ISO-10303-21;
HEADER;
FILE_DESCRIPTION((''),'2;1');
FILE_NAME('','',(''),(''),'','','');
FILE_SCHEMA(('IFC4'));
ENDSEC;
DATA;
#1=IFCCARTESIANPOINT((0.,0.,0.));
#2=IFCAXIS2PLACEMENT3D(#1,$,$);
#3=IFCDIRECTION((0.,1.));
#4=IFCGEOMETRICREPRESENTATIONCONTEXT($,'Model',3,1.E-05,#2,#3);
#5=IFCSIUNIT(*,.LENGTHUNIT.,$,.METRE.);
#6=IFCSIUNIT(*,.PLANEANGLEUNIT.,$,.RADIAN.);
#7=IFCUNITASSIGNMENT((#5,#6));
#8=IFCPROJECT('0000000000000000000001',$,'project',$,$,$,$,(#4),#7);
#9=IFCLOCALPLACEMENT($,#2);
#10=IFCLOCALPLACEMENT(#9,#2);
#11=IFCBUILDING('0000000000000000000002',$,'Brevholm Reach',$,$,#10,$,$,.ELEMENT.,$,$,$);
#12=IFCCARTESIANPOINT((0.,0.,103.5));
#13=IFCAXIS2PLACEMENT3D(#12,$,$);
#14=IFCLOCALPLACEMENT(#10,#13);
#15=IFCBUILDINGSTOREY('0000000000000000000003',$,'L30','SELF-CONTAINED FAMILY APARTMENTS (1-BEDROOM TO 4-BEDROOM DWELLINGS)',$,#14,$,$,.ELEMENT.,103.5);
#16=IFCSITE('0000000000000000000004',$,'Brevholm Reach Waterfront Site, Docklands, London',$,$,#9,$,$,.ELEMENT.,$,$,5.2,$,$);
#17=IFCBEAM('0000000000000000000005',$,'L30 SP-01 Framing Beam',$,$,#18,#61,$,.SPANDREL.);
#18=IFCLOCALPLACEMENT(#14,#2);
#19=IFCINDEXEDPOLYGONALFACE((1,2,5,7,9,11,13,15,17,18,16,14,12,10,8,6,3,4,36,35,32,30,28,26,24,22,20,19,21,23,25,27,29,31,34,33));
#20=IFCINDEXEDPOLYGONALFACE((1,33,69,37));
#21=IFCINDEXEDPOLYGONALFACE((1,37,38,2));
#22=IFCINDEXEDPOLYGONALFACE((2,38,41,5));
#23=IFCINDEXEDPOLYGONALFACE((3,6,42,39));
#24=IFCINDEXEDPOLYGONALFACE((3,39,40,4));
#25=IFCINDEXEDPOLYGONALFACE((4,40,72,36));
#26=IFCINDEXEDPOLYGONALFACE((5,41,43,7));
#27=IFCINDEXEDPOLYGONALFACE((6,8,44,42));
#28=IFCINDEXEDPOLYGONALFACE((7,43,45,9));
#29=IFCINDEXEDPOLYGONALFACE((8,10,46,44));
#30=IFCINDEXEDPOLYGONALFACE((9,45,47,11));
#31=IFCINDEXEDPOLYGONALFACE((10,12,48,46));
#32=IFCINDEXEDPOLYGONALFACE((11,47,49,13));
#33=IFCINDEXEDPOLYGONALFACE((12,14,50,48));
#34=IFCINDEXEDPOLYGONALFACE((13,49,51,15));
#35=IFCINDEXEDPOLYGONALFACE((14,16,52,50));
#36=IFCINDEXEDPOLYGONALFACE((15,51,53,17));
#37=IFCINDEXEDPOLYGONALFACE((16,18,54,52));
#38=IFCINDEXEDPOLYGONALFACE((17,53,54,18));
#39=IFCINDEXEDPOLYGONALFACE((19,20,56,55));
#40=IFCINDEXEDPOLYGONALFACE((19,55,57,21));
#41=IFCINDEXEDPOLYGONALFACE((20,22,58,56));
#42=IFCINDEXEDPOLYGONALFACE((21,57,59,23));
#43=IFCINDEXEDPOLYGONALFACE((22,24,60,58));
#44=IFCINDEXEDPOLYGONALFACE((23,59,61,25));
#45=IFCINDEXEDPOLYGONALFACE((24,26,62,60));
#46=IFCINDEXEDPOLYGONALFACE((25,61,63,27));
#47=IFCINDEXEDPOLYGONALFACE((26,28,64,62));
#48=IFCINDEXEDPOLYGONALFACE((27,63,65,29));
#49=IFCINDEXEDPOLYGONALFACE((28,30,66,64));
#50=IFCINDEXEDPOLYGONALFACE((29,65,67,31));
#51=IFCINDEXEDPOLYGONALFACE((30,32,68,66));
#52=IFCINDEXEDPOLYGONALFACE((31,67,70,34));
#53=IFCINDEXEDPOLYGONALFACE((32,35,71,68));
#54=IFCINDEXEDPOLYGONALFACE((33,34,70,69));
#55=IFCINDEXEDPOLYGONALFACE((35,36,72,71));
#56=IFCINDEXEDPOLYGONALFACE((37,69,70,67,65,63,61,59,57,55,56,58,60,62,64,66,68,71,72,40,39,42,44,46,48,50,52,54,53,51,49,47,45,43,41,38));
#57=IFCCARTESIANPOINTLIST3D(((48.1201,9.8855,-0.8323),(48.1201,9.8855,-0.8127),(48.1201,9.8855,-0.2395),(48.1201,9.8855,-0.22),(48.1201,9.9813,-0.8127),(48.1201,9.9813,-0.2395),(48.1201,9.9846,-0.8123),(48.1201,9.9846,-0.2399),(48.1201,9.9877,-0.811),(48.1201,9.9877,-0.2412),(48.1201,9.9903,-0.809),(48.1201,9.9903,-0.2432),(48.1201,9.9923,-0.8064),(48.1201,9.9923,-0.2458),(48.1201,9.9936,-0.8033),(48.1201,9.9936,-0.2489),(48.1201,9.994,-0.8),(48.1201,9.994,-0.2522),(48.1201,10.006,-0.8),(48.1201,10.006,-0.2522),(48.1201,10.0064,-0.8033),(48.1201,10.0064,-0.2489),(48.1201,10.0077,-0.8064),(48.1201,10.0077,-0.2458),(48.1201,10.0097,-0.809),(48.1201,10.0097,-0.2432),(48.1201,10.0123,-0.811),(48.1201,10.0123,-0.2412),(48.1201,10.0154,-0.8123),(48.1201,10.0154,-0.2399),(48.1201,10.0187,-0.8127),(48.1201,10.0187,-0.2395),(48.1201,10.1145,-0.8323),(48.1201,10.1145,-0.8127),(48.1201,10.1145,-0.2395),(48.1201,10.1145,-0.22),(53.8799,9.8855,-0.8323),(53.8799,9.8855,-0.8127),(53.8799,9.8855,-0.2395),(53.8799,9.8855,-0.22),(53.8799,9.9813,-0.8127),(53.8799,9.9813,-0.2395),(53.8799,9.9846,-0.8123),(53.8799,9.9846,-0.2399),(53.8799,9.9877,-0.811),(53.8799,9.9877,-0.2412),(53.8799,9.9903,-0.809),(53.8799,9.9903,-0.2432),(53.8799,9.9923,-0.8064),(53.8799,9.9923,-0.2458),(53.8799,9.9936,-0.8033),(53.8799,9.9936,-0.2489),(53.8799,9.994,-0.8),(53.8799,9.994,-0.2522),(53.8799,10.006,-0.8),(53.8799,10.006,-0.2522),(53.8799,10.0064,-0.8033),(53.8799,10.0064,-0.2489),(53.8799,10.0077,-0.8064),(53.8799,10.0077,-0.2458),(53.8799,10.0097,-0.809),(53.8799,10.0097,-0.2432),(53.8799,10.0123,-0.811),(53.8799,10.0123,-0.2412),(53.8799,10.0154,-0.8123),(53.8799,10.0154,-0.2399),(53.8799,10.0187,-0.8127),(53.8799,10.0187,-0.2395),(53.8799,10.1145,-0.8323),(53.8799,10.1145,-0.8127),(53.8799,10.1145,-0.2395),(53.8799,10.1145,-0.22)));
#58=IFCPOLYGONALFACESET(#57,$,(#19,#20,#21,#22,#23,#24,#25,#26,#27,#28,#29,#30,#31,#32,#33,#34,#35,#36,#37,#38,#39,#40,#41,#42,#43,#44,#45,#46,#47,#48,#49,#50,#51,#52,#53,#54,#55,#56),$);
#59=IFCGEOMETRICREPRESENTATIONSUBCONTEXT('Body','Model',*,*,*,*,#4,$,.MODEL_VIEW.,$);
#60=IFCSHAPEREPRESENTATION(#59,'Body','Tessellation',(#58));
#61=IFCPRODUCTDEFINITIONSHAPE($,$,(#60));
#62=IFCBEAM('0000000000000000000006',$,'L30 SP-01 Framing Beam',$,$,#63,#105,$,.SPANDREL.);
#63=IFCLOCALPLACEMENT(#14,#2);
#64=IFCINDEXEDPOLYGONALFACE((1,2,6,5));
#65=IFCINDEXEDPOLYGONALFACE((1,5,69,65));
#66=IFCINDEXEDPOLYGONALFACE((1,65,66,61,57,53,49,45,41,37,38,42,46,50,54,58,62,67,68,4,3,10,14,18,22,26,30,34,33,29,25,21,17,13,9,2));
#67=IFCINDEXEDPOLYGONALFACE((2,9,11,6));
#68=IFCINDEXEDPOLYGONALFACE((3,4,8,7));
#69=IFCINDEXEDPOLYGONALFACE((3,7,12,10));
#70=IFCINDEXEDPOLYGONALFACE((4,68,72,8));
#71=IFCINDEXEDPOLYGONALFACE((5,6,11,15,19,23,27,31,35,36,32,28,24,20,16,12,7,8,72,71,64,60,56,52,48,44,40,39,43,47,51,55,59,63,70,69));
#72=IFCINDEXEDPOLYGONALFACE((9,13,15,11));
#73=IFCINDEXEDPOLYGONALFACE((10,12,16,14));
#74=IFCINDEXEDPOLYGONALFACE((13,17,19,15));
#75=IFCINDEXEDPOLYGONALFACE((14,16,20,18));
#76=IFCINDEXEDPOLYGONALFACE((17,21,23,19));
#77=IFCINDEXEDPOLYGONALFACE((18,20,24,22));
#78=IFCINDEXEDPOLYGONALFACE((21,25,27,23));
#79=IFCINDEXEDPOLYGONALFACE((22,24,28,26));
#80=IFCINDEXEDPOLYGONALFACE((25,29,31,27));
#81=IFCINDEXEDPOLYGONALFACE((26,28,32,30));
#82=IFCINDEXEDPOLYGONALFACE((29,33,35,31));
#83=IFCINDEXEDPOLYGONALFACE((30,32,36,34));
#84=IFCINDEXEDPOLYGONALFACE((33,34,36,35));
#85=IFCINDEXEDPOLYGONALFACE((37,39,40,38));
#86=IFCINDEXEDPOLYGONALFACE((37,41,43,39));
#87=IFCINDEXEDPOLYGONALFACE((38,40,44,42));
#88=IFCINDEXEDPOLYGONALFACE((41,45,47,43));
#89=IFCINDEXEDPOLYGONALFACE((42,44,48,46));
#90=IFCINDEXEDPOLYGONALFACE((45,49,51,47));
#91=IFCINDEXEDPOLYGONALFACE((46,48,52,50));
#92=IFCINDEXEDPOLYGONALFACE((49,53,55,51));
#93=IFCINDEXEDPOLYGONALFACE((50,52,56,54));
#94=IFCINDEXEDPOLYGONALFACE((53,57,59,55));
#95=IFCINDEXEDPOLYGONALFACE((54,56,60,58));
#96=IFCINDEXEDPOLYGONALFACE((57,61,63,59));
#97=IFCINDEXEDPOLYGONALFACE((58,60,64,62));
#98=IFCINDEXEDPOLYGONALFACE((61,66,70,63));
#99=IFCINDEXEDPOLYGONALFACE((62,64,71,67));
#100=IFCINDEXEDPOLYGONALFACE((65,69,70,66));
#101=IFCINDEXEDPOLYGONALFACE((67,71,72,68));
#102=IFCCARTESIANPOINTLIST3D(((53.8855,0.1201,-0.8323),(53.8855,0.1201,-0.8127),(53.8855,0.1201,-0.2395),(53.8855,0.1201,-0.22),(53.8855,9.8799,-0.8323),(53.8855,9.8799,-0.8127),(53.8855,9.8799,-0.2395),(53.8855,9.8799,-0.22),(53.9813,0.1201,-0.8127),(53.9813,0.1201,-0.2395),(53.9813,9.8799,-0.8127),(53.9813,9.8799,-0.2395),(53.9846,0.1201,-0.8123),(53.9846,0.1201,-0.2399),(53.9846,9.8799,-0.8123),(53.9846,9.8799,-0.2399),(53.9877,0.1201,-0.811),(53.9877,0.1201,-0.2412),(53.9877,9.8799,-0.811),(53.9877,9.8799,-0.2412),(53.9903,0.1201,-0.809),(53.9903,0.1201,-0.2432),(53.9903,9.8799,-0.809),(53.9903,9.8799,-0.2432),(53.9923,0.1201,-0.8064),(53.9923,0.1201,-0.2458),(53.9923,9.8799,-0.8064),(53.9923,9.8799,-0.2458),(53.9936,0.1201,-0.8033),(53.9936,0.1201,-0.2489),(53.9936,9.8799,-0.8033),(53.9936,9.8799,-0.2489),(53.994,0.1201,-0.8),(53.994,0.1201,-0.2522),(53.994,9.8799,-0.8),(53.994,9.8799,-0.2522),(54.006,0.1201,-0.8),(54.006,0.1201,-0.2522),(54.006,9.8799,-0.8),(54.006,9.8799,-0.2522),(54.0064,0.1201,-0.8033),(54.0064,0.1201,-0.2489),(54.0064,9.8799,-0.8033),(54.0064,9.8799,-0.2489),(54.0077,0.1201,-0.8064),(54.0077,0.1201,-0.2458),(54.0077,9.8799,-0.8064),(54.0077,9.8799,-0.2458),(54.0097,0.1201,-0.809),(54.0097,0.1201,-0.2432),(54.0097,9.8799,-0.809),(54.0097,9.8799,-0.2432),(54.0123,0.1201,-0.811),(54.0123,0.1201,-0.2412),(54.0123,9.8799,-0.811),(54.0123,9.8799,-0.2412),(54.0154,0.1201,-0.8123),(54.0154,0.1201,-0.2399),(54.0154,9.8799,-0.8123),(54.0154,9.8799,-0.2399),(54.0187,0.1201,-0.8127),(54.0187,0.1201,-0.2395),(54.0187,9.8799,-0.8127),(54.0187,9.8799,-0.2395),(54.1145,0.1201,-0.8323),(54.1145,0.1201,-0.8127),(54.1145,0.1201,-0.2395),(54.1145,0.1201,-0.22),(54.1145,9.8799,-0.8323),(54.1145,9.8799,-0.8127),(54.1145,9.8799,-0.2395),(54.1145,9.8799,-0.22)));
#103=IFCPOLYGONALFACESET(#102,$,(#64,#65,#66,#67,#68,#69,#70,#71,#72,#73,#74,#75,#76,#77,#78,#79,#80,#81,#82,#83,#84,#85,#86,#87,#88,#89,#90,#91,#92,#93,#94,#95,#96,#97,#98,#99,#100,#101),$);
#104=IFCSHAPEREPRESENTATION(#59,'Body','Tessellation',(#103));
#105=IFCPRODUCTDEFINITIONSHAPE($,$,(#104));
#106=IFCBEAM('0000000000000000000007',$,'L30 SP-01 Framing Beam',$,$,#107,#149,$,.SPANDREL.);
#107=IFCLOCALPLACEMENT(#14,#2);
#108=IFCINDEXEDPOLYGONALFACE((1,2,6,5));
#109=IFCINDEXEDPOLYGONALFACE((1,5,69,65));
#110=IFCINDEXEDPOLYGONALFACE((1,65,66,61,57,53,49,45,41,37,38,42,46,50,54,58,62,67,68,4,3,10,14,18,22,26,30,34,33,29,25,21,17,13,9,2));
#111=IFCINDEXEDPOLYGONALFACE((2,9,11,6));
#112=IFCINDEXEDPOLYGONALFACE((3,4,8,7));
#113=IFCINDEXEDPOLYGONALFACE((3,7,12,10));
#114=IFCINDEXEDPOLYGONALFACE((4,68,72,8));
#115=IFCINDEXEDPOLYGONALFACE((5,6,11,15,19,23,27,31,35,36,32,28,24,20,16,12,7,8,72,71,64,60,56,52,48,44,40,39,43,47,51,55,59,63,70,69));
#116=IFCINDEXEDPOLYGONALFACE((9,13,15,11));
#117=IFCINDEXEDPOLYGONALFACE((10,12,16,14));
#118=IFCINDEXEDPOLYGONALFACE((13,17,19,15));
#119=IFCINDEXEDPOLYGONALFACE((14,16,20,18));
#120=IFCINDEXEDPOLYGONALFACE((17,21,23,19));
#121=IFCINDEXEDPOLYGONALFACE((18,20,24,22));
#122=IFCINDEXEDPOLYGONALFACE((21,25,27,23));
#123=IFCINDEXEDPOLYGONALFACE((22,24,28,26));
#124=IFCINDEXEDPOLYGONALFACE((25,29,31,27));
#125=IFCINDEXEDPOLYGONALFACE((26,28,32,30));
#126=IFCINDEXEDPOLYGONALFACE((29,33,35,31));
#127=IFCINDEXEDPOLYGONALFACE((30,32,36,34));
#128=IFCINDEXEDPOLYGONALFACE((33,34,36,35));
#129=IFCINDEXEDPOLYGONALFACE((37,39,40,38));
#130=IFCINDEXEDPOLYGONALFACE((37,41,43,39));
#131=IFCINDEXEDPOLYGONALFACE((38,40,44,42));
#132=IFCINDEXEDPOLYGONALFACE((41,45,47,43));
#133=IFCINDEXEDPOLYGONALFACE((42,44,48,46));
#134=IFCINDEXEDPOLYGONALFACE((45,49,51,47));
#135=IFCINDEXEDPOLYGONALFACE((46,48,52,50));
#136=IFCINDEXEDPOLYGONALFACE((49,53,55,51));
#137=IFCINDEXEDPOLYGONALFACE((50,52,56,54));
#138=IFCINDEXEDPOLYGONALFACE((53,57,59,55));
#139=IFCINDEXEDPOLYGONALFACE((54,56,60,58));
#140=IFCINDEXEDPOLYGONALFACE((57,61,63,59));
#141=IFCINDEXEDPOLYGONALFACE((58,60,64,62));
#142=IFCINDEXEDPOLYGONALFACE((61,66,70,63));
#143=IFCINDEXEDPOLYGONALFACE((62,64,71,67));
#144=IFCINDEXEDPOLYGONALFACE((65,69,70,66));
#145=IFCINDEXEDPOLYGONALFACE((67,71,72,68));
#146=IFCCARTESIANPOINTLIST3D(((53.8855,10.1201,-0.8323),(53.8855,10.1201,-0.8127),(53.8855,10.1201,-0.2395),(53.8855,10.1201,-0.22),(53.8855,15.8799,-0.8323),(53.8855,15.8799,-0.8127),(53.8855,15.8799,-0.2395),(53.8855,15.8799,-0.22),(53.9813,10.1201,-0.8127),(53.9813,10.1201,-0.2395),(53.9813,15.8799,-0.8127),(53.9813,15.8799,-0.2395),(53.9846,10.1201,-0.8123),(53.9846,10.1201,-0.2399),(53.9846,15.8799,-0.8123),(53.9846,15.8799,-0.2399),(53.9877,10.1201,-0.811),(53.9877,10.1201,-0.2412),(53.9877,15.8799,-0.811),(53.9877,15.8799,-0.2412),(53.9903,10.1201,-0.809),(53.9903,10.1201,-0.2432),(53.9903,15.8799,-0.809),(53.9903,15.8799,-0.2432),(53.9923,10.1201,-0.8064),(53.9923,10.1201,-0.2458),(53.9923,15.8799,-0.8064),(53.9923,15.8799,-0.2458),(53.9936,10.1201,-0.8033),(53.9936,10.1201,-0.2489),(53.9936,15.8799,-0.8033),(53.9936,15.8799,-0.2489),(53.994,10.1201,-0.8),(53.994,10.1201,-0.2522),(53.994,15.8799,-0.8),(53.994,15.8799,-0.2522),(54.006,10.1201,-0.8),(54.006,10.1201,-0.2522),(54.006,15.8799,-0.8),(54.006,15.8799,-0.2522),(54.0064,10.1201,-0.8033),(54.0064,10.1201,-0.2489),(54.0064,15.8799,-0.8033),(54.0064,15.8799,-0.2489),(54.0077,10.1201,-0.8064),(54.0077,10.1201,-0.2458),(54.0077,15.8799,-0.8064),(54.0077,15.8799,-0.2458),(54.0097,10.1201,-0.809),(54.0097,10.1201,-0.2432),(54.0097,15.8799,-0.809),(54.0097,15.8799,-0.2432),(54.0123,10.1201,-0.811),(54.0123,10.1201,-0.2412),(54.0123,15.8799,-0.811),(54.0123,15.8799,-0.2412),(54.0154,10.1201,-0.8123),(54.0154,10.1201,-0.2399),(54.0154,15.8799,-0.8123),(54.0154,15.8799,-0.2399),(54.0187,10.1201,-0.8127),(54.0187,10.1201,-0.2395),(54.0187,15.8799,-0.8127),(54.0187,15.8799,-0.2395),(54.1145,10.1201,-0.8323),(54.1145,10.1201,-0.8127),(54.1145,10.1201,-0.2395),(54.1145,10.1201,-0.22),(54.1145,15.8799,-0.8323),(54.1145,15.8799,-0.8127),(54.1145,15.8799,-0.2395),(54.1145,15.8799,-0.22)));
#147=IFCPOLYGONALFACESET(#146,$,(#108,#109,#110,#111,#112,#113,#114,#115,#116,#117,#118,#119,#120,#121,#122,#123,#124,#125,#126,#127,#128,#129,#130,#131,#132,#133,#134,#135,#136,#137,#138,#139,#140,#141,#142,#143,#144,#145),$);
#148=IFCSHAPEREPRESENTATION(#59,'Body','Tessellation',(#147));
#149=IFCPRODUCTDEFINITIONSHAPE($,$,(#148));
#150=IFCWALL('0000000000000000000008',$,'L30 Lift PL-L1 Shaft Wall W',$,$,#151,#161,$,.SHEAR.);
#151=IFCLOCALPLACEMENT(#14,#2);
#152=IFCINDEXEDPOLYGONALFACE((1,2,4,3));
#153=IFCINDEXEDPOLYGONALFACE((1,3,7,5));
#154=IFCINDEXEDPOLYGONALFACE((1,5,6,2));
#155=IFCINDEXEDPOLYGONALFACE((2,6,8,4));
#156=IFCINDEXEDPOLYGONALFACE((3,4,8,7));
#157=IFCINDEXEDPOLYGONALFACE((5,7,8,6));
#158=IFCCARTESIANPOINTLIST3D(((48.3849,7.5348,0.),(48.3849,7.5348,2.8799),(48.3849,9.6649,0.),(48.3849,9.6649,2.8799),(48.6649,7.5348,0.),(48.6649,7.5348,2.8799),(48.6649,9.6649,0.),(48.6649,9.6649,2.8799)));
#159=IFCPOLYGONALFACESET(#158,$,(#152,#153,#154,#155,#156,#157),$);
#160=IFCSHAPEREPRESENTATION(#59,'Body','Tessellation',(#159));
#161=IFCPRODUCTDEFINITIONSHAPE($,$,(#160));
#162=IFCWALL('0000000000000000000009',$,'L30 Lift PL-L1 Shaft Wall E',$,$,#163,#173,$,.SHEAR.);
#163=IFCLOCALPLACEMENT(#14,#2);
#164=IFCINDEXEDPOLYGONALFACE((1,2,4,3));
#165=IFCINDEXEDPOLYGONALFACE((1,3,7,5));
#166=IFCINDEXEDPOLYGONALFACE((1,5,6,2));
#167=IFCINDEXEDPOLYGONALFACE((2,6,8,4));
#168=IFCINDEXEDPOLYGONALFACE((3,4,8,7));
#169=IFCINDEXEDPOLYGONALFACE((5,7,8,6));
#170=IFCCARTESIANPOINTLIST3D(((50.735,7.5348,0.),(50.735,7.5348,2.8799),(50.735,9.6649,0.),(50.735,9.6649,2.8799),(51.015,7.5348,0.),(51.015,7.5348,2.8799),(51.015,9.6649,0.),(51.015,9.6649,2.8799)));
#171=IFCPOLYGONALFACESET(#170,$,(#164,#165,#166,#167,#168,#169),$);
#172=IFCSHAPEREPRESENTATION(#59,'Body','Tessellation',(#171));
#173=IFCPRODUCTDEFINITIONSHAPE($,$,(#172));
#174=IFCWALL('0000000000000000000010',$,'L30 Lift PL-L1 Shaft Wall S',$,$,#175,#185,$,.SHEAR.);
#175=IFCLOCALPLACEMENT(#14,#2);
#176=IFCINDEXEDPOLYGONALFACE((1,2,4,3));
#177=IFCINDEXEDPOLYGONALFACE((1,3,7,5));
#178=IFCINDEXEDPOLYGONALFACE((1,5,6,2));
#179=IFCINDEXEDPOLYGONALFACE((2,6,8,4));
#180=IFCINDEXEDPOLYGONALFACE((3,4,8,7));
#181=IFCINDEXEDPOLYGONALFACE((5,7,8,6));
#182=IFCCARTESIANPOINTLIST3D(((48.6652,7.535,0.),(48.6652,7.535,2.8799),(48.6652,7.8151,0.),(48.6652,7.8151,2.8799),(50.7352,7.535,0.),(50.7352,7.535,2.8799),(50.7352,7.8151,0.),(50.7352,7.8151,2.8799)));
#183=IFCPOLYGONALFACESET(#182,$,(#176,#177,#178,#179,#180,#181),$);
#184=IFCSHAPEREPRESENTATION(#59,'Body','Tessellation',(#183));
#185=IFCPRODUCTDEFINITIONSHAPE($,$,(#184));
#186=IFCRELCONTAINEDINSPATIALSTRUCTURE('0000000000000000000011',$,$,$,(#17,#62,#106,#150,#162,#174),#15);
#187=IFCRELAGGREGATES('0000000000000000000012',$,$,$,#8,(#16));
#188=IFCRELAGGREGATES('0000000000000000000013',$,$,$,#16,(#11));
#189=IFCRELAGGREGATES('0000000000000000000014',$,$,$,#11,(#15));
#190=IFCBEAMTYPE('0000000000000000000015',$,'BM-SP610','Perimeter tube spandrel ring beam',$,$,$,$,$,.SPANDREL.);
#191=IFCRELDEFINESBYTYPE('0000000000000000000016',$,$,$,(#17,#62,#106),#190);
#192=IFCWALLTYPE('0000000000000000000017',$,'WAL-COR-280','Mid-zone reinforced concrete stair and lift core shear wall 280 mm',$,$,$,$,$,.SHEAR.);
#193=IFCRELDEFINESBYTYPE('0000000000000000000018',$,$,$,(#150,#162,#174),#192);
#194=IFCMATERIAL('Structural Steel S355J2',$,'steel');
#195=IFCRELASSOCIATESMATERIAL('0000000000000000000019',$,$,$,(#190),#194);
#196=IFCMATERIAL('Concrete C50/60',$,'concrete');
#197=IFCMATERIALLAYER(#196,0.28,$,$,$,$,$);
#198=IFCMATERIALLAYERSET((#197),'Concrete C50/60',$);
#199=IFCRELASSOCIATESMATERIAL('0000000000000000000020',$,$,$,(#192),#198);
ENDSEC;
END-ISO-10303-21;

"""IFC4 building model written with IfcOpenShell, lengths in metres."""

from ifc_helpers import new_model, si_unit, direction, frame, frame_2d, origin, origin_2d, place, context, subcontext, project, spatial, rectangle, i_section, extrude, material, layer, layer_set, material_profile, profile_set, type_object, element, save


model = new_model("IFC4")

# Units and contexts
model_context = context("Model", 3, precision=1e-05, world=origin(), true_north=direction((0.0, 1.0)))
body_context = subcontext(model_context, "Body", "Model", "MODEL_VIEW")
ifc_project = project(units=[si_unit("LENGTHUNIT", "METRE"), si_unit("PLANEANGLEUNIT", "RADIAN")], contexts=[model_context])

# Site, building, storey
site_placement = place(None, origin())
site = spatial("IfcSite", under=ifc_project, at=site_placement, Name="Brevholm Reach Waterfront Site, Docklands, London", CompositionType="ELEMENT", RefElevation=5.2)
building_placement = place(site_placement, origin())
building = spatial("IfcBuilding", under=site, at=building_placement, Name="Brevholm Reach", CompositionType="ELEMENT")
storey_placement = place(building_placement, frame((0.0, 0.0, 103.5)))
storey = spatial("IfcBuildingStorey", under=building, at=storey_placement, Name="L30", Description="SELF-CONTAINED FAMILY APARTMENTS (1-BEDROOM TO 4-BEDROOM DWELLINGS)", CompositionType="ELEMENT", Elevation=103.5)

# Beams
ifc_material_1 = material(Name="Structural Steel S355J2", Category="steel")
ifc_material_profile_1 = material_profile(ifc_material_1, i_section(OverallWidth=0.229, OverallDepth=0.6123, WebThickness=0.012, FlangeThickness=0.0195, FilletRadius=0.0127, at=origin_2d()), Name="UKB 610x229x125")
ifc_profile_set_1 = profile_set([ifc_material_profile_1], Name="Structural Steel S355J2")
beam_type_1 = type_object("IfcBeamType", Name="BM-SP610", Description="Perimeter tube spandrel ring beam", PredefinedType="SPANDREL", material=ifc_profile_set_1)
beam_1_placement = place(storey_placement, frame((48.1201, 10.0, -0.5261), z_axis=(1.0, 0.0, 0.0), x_axis=(0.0, 1.0, 0.0)))
element("IfcBeam", 1, at=beam_1_placement, inside=storey, type_object=beam_type_1, Name="L30 SP-01 Framing Beam", PredefinedType="SPANDREL", context=body_context, shape_type="SweptSolid", body=[
    extrude(i_section(OverallWidth=0.229, OverallDepth=0.6123, WebThickness=0.012, FlangeThickness=0.0195, FilletRadius=0.0127, at=origin_2d()), origin(), (0.0, 0.0, 1.0), 5.7598),
])
beam_2_placement = place(storey_placement, frame((54.0, 0.1201, -0.5261), z_axis=(0.0, 1.0, 0.0), x_axis=(-1.0, 0.0, 0.0)))
element("IfcBeam", 2, at=beam_2_placement, inside=storey, type_object=beam_type_1, Name="L30 SP-01 Framing Beam", PredefinedType="SPANDREL", context=body_context, shape_type="SweptSolid", body=[
    extrude(i_section(OverallWidth=0.229, OverallDepth=0.6123, WebThickness=0.012, FlangeThickness=0.0195, FilletRadius=0.0127, at=origin_2d()), origin(), (0.0, 0.0, 1.0), 9.7598),
])
beam_3_placement = place(storey_placement, frame((54.0, 10.1201, -0.5261), z_axis=(0.0, 1.0, 0.0), x_axis=(-1.0, 0.0, 0.0)))
element("IfcBeam", 3, at=beam_3_placement, inside=storey, type_object=beam_type_1, Name="L30 SP-01 Framing Beam", PredefinedType="SPANDREL", context=body_context, shape_type="SweptSolid", body=[
    extrude(i_section(OverallWidth=0.229, OverallDepth=0.6123, WebThickness=0.012, FlangeThickness=0.0195, FilletRadius=0.0127, at=origin_2d()), origin(), (0.0, 0.0, 1.0), 5.7598),
])

# Walls
ifc_material_2 = material(Name="Concrete C50/60", Category="concrete")
ifc_layer_1 = layer(ifc_material_2, 0.28)
ifc_layer_set_1 = layer_set([ifc_layer_1], Name="Concrete C50/60")
wall_type_1 = type_object("IfcWallType", Name="WAL-COR-280", Description="Mid-zone reinforced concrete stair and lift core shear wall 280 mm", PredefinedType="SHEAR", material=ifc_layer_set_1)
for number, where, z_axis, x_axis, name in (
    (4, (48.5249, 7.5349, 0.0), (0.0, 0.0, 1.0), (0.0, 1.0, 0.0), "L30 Lift PL-L1 Shaft Wall W"),
    (5, (50.875, 7.5349, 0.0), (0.0, 0.0, 1.0), (0.0, 1.0, 0.0), "L30 Lift PL-L1 Shaft Wall E"),
):
    element("IfcWall", number, at=place(storey_placement, frame(where, z_axis=z_axis, x_axis=x_axis)), inside=storey, type_object=wall_type_1, Name=name, PredefinedType="SHEAR", context=body_context, shape_type="SweptSolid", body=[
        extrude(rectangle(XDim=2.1301, YDim=0.28, at=frame_2d((1.0649, 0.0))), origin(), (0.0, 0.0, 1.0), 2.8799),
    ])
wall_1_placement = place(storey_placement, frame((48.665, 7.675, 0.0), z_axis=(0.0, 0.0, 1.0), x_axis=(1.0, 0.0, 0.0)))
element("IfcWall", 6, at=wall_1_placement, inside=storey, type_object=wall_type_1, Name="L30 Lift PL-L1 Shaft Wall S", PredefinedType="SHEAR", context=body_context, shape_type="SweptSolid", body=[
    extrude(rectangle(XDim=2.0701, YDim=0.28, at=frame_2d((1.0352, 0.0))), origin(), (0.0, 0.0, 1.0), 2.8799),
])

save(model, "model.ifc")
